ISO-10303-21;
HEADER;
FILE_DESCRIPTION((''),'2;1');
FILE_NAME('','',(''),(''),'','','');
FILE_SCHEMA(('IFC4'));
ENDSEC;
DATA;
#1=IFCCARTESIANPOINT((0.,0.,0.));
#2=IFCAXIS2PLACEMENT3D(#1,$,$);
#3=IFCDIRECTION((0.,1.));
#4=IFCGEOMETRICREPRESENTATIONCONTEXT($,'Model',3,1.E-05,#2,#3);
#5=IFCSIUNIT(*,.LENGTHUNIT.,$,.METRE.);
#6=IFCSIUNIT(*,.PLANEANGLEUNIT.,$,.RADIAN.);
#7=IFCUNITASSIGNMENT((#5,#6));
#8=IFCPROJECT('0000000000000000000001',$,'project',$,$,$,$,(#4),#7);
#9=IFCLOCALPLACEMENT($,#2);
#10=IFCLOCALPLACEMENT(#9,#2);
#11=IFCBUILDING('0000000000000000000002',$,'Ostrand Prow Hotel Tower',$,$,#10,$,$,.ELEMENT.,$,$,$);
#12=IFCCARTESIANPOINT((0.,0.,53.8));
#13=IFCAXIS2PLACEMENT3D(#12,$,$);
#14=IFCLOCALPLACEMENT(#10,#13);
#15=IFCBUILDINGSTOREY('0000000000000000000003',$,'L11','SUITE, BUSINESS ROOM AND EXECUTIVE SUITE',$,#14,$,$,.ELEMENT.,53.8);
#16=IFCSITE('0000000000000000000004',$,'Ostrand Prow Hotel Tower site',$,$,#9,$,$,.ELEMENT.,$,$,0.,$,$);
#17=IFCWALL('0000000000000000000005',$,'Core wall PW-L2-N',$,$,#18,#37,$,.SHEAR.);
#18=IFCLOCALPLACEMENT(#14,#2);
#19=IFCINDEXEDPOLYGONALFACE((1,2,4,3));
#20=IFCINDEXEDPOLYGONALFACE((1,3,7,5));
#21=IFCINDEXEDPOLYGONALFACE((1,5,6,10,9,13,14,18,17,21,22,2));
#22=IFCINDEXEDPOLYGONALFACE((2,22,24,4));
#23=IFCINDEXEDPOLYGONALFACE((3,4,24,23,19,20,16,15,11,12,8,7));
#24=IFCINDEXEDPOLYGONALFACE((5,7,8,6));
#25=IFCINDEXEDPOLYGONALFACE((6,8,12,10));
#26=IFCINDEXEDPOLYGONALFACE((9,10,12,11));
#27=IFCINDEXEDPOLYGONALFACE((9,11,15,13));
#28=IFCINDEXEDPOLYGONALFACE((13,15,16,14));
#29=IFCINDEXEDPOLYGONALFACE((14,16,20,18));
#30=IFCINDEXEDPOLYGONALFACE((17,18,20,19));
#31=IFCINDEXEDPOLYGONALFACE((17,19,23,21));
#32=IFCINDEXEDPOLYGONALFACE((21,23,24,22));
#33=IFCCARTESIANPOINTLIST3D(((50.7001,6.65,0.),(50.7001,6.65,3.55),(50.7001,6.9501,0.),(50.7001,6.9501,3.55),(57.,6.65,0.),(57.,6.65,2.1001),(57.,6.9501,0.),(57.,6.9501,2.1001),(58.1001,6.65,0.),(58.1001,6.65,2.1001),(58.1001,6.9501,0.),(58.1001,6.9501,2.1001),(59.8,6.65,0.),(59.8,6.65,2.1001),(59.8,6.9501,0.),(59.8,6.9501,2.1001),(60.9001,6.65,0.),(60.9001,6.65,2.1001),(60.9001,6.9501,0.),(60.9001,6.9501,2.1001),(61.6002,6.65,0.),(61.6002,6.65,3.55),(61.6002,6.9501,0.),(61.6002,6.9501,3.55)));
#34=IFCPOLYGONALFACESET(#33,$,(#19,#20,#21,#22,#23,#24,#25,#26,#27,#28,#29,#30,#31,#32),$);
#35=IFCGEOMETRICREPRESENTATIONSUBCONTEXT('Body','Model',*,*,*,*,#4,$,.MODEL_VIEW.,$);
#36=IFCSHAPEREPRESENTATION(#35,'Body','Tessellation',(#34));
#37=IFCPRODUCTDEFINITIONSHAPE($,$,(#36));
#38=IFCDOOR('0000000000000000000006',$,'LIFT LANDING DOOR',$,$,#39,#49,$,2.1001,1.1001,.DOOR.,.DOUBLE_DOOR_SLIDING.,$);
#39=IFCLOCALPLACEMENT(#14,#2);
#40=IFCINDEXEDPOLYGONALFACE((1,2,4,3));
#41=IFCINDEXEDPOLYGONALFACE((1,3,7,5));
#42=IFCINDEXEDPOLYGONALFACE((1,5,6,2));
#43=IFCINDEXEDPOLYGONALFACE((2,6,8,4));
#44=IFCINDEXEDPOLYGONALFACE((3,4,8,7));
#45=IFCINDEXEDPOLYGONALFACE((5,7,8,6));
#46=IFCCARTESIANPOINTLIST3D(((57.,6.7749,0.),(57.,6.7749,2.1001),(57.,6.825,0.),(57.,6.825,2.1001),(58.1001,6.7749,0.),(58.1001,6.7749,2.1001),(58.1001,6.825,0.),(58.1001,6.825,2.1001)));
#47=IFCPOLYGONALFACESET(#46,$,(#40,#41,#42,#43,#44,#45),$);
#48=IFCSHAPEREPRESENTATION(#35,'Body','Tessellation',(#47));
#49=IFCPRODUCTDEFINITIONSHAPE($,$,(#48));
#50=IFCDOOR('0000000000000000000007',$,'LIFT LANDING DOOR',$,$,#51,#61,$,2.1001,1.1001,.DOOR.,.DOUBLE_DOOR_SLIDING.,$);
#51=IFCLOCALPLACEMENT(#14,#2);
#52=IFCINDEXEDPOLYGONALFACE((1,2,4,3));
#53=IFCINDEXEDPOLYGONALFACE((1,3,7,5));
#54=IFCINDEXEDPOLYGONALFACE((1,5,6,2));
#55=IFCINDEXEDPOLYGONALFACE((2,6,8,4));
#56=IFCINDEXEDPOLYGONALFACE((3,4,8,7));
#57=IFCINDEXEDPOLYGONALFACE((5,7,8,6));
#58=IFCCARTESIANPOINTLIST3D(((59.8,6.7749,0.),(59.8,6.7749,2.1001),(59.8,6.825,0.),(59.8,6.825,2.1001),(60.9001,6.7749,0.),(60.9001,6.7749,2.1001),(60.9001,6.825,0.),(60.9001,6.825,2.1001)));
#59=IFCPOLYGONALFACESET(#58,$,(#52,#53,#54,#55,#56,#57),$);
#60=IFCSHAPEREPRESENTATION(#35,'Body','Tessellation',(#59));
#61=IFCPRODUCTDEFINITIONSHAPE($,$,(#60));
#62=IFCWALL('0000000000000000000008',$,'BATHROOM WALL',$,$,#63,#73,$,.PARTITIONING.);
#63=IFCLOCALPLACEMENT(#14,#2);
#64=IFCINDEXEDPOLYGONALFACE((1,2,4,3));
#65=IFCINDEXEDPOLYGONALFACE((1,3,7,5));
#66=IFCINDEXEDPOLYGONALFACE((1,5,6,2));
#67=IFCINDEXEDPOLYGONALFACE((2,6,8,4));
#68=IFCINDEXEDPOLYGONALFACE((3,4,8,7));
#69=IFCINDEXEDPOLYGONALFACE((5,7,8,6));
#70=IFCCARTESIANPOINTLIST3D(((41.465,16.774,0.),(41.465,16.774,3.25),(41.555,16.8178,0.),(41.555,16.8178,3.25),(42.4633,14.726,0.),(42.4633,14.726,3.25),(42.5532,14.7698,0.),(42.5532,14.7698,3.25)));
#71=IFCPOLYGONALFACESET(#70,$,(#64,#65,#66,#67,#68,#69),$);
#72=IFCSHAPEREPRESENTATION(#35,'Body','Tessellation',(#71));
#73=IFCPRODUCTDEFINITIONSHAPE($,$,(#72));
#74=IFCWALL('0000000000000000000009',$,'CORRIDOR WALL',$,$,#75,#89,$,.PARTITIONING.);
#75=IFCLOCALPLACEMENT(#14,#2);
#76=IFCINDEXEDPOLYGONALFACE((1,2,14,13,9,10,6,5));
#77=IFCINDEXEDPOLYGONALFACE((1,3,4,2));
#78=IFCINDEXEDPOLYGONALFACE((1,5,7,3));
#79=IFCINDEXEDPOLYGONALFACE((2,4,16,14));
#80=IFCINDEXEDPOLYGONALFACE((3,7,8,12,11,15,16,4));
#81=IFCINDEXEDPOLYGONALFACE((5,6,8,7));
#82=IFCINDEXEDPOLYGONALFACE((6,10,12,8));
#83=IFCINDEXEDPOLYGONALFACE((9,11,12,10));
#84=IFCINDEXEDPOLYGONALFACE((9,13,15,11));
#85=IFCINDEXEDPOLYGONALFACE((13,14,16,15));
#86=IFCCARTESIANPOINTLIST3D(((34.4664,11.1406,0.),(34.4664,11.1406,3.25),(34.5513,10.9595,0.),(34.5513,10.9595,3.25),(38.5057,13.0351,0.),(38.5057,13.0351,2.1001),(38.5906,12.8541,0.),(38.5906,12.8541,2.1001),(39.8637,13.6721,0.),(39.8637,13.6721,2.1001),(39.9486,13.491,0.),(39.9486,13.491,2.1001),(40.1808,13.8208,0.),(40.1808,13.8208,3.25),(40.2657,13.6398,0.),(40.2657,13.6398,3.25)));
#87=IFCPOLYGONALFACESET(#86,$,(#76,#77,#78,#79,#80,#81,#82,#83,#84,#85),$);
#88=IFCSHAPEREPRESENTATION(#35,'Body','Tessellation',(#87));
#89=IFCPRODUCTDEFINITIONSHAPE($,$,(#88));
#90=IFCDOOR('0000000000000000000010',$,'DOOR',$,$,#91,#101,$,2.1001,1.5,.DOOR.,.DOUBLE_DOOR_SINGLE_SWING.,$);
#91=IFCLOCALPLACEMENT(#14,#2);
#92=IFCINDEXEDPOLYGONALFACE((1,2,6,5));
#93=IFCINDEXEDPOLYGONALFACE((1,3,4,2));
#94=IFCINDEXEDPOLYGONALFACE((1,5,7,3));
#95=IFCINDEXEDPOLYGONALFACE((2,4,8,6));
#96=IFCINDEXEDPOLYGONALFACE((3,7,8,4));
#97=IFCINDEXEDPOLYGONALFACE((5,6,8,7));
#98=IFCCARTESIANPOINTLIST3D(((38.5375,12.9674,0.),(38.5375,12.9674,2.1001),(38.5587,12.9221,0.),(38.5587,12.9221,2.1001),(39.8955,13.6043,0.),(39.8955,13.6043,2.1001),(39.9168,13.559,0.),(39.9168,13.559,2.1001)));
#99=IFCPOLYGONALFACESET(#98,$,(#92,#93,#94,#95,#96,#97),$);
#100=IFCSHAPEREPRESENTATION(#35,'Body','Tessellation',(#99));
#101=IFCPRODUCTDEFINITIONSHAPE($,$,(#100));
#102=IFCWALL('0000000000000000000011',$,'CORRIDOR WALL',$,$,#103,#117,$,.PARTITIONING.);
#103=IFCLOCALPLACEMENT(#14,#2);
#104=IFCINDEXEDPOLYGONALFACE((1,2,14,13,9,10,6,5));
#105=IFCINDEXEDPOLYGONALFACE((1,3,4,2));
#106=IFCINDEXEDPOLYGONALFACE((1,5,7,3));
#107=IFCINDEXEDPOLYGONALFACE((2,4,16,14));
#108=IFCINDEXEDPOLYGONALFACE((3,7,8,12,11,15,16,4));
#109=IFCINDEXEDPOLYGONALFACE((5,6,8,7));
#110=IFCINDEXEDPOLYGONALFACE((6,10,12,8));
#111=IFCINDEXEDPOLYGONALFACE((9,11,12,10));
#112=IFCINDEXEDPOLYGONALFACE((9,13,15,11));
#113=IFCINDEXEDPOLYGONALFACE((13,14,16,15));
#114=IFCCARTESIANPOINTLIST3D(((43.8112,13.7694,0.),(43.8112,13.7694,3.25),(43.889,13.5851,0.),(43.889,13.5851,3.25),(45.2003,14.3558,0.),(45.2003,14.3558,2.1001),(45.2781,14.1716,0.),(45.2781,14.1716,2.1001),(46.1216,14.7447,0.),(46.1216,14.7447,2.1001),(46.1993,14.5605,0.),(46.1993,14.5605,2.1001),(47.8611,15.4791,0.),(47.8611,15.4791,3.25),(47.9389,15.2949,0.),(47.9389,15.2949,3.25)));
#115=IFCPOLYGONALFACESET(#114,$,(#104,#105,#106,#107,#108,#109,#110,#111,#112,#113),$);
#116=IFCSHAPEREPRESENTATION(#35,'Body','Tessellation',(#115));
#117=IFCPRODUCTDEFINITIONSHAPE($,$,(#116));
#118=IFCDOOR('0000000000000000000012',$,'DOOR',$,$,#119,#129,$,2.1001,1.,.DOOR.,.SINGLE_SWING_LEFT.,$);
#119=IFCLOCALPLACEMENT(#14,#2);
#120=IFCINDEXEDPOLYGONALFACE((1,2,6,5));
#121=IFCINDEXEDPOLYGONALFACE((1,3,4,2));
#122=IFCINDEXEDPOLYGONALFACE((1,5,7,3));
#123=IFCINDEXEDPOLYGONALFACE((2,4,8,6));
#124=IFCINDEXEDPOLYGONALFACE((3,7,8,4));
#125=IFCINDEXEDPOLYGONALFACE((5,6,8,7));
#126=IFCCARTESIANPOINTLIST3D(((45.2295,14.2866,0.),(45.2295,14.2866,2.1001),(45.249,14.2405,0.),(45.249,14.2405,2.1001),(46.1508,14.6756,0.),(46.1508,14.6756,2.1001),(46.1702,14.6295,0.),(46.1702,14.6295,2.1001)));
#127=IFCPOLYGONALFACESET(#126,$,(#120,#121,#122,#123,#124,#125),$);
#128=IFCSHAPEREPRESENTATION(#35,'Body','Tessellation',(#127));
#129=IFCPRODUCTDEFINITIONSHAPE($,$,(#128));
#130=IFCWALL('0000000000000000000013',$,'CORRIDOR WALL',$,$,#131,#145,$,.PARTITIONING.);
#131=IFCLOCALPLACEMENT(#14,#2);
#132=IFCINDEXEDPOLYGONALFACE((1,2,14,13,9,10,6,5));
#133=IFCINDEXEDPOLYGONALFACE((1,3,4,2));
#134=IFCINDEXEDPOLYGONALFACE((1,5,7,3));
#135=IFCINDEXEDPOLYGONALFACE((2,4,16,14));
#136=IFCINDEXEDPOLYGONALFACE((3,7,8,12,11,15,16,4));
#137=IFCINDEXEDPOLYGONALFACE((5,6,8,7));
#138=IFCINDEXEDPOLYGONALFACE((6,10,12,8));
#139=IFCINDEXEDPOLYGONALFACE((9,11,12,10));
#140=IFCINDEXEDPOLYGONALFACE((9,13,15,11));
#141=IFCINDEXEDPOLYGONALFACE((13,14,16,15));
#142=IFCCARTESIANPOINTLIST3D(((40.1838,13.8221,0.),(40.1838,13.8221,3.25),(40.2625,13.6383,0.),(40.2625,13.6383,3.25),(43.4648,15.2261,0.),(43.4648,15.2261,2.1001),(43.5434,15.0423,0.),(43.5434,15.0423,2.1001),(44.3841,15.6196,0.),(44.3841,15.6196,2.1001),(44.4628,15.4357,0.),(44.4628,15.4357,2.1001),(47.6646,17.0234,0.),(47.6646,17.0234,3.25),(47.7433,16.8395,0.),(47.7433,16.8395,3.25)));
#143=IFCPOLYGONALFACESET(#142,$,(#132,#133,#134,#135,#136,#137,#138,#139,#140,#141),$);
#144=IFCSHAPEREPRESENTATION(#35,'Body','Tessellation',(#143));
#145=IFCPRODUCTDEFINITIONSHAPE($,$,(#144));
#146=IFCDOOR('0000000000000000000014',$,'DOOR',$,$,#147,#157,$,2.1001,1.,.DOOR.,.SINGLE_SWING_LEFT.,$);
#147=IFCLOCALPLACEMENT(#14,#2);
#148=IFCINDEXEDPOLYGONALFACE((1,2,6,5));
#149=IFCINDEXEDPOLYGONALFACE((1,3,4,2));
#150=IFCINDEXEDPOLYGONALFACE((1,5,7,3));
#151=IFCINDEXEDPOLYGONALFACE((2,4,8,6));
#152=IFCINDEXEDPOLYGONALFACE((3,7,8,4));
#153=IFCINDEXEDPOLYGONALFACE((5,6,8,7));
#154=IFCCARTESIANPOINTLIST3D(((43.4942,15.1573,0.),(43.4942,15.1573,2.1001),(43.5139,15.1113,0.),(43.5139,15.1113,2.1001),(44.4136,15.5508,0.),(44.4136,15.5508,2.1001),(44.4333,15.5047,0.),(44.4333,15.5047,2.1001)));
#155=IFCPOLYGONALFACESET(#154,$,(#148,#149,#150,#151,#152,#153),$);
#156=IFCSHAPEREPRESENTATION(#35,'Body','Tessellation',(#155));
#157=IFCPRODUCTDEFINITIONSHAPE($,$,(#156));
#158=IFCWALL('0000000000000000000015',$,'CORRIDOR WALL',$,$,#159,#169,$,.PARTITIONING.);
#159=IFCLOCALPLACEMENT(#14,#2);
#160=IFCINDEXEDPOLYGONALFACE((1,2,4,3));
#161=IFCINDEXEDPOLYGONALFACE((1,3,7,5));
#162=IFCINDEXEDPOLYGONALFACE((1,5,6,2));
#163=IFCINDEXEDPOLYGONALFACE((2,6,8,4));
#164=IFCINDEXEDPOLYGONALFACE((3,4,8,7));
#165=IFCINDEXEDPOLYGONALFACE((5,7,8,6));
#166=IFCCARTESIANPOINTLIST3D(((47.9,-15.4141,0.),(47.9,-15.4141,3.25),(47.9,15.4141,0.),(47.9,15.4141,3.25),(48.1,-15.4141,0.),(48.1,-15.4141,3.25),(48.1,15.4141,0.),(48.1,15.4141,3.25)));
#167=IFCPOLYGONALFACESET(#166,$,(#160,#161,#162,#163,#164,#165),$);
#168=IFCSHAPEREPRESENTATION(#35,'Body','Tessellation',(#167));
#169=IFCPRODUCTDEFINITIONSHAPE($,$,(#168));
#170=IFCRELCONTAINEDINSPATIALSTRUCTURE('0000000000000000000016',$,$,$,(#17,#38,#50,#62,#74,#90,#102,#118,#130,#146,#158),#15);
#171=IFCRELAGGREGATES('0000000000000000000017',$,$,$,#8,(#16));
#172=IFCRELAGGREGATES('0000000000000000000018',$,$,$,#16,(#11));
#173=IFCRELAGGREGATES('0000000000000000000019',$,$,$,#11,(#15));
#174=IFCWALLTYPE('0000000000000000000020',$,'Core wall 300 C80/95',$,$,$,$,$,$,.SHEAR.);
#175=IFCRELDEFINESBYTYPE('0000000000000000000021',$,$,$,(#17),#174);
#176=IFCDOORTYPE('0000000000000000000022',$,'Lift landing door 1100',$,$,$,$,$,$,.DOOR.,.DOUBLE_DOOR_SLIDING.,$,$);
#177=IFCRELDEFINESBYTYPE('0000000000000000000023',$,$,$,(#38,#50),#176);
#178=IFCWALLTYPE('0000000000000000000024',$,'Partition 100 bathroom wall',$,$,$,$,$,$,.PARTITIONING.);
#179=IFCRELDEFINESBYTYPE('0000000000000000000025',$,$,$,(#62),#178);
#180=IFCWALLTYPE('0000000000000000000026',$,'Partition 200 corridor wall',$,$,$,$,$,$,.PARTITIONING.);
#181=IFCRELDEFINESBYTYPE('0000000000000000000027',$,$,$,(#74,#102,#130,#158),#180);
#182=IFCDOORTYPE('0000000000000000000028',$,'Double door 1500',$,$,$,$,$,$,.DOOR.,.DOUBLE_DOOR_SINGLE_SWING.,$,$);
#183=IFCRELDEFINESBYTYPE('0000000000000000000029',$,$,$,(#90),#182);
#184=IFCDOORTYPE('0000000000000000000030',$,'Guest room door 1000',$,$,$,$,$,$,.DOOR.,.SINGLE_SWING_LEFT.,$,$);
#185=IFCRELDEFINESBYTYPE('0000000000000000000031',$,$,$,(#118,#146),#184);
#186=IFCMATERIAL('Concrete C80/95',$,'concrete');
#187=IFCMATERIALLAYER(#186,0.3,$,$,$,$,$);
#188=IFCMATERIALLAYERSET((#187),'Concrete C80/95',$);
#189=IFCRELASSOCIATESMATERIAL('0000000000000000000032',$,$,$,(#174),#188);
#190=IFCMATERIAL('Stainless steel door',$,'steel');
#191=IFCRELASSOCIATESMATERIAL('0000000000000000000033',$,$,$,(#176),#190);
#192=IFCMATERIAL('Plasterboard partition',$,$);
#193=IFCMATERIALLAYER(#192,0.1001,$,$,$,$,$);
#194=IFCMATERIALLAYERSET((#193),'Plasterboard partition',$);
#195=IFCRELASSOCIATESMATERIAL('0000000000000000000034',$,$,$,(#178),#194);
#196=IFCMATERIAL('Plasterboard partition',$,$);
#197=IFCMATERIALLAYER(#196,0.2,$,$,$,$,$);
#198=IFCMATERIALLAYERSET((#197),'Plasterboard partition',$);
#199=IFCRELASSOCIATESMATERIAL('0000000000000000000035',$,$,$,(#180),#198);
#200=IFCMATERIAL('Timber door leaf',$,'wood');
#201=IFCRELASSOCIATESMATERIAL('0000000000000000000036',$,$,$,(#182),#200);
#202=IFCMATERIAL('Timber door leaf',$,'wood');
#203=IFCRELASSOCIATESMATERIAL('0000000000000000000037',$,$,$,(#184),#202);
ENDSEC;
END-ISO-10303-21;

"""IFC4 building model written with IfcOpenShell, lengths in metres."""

from ifc_helpers import new_model, si_unit, direction, frame, frame_2d, origin, place, context, subcontext, project, spatial, rectangle, extrude, material, layer, layer_set, type_object, element, fill, save


model = new_model("IFC4")

# Units and contexts
model_context = context("Model", 3, precision=1e-05, world=origin(), true_north=direction((0.0, 1.0)))
body_context = subcontext(model_context, "Body", "Model", "MODEL_VIEW")
ifc_project = project(units=[si_unit("LENGTHUNIT", "METRE"), si_unit("PLANEANGLEUNIT", "RADIAN")], contexts=[model_context])

# Site, building, storey
site_placement = place(None, origin())
site = spatial("IfcSite", under=ifc_project, at=site_placement, Name="Ostrand Prow Hotel Tower site", CompositionType="ELEMENT", RefElevation=0.0)
building_placement = place(site_placement, origin())
building = spatial("IfcBuilding", under=site, at=building_placement, Name="Ostrand Prow Hotel Tower", CompositionType="ELEMENT")
storey_placement = place(building_placement, frame((0.0, 0.0, 53.8)))
storey = spatial("IfcBuildingStorey", under=building, at=storey_placement, Name="L11", Description="SUITE, BUSINESS ROOM AND EXECUTIVE SUITE", CompositionType="ELEMENT", Elevation=53.8)

# Wall, openings, doors
ifc_material_1 = material(Name="Concrete C80/95", Category="concrete")
ifc_layer_1 = layer(ifc_material_1, 0.3)
ifc_layer_set_1 = layer_set([ifc_layer_1], Name="Concrete C80/95")
wall_type_1 = type_object("IfcWallType", Name="Core wall 300 C80/95", PredefinedType="SHEAR", material=ifc_layer_set_1)
wall_1_placement = place(storey_placement, frame((50.7, 6.8, 0.0), z_axis=(0.0, 0.0, 1.0), x_axis=(1.0, 0.0, 0.0)))
wall_1 = element("IfcWall", 1, at=wall_1_placement, inside=storey, type_object=wall_type_1, Name="Core wall PW-L2-N", PredefinedType="SHEAR", context=body_context, shape_type="SweptSolid", body=[
    extrude(rectangle(XDim=10.9001, YDim=0.3, at=frame_2d((5.4502, 0.0))), origin(), (0.0, 0.0, 1.0), 3.55),
])
opening_1_placement = place(wall_1_placement, frame((6.3, 0.0, 0.0)))
opening_1 = element("IfcOpeningElement", 2, at=opening_1_placement, cuts=wall_1, PredefinedType="OPENING", context=body_context, shape_type="SweptSolid", body=[
    extrude(rectangle(XDim=1.1001, YDim=2.1001, at=frame_2d((0.55, 1.05))), frame((0.0, 0.1599, 0.0), z_axis=(0.0, -1.0, 0.0), x_axis=(1.0, 0.0, 0.0)), (0.0, 0.0, 1.0), 0.3201),
])
opening_2_placement = place(wall_1_placement, frame((9.1001, 0.0, 0.0)))
opening_2 = element("IfcOpeningElement", 3, at=opening_2_placement, cuts=wall_1, PredefinedType="OPENING", context=body_context, shape_type="SweptSolid", body=[
    extrude(rectangle(XDim=1.1001, YDim=2.1001, at=frame_2d((0.55, 1.05))), frame((0.0, 0.1599, 0.0), z_axis=(0.0, -1.0, 0.0), x_axis=(1.0, 0.0, 0.0)), (0.0, 0.0, 1.0), 0.3201),
])
ifc_material_2 = material(Name="Stainless steel door", Category="steel")
door_type_1 = type_object("IfcDoorType", Name="Lift landing door 1100", OperationType="DOUBLE_DOOR_SLIDING", PredefinedType="DOOR", material=ifc_material_2)
door_1_placement = place(opening_1_placement, origin())
door_1 = element("IfcDoor", 4, at=door_1_placement, inside=storey, type_object=door_type_1, Name="LIFT LANDING DOOR", OperationType="DOUBLE_DOOR_SLIDING", OverallHeight=2.1001, OverallWidth=1.1001, PredefinedType="DOOR", context=body_context, shape_type="SweptSolid", body=[
    extrude(rectangle(XDim=1.1001, YDim=2.1001, at=frame_2d((0.55, 1.05))), frame((0.0, 0.0249, 0.0), z_axis=(0.0, -1.0, 0.0), x_axis=(1.0, 0.0, 0.0)), (0.0, 0.0, 1.0), 0.05),
])
fill(opening_1, door_1)
door_2_placement = place(opening_2_placement, origin())
door_2 = element("IfcDoor", 5, at=door_2_placement, inside=storey, type_object=door_type_1, Name="LIFT LANDING DOOR", OperationType="DOUBLE_DOOR_SLIDING", OverallHeight=2.1001, OverallWidth=1.1001, PredefinedType="DOOR", context=body_context, shape_type="SweptSolid", body=[
    extrude(rectangle(XDim=1.1001, YDim=2.1001, at=frame_2d((0.55, 1.05))), frame((0.0, 0.0249, 0.0), z_axis=(0.0, -1.0, 0.0), x_axis=(1.0, 0.0, 0.0)), (0.0, 0.0, 1.0), 0.05),
])
fill(opening_2, door_2)

# Wall
ifc_material_3 = material(Name="Plasterboard partition")
ifc_layer_2 = layer(ifc_material_3, 0.1001)
ifc_layer_set_2 = layer_set([ifc_layer_2], Name="Plasterboard partition")
wall_type_2 = type_object("IfcWallType", Name="Partition 100 bathroom wall", PredefinedType="PARTITIONING", material=ifc_layer_set_2)
wall_2_placement = place(storey_placement, frame((41.51, 16.7959, 0.0), z_axis=(0.0, 0.0, 1.0), x_axis=(0.438147, -0.898903, 0.0)))
element("IfcWall", 6, at=wall_2_placement, inside=storey, type_object=wall_type_2, Name="BATHROOM WALL", PredefinedType="PARTITIONING", context=body_context, shape_type="SweptSolid", body=[
    extrude(rectangle(XDim=2.2783, YDim=0.1001, at=frame_2d((1.1392, 0.0))), origin(), (0.0, 0.0, 1.0), 3.25),
])

# Walls, openings, doors
ifc_material_4 = material(Name="Plasterboard partition")
ifc_layer_3 = layer(ifc_material_4, 0.2)
ifc_layer_set_3 = layer_set([ifc_layer_3], Name="Plasterboard partition")
wall_type_3 = type_object("IfcWallType", Name="Partition 200 corridor wall", PredefinedType="PARTITIONING", material=ifc_layer_set_3)
wall_3_placement = place(storey_placement, frame((40.2231, 13.7302, 0.0), z_axis=(0.0, 0.0, 1.0), x_axis=(-0.905363, -0.424638, 0.0)))
wall_3 = element("IfcWall", 7, at=wall_3_placement, inside=storey, type_object=wall_type_3, Name="CORRIDOR WALL", PredefinedType="PARTITIONING", context=body_context, shape_type="SweptSolid", body=[
    extrude(rectangle(XDim=6.3118, YDim=0.2, at=frame_2d((3.1558, 0.0))), origin(), (0.0, 0.0, 1.0), 3.25),
])
opening_3_placement = place(wall_3_placement, frame((0.3501, 0.0, 0.0)))
opening_3 = element("IfcOpeningElement", 8, at=opening_3_placement, cuts=wall_3, PredefinedType="OPENING", context=body_context, shape_type="SweptSolid", body=[
    extrude(rectangle(XDim=1.5, YDim=2.1001, at=frame_2d((0.75, 1.05))), frame((0.0, 0.1099, 0.0), z_axis=(0.0, -1.0, 0.0), x_axis=(1.0, 0.0, 0.0)), (0.0, 0.0, 1.0), 0.22),
])
ifc_material_5 = material(Name="Timber door leaf", Category="wood")
door_type_2 = type_object("IfcDoorType", Name="Double door 1500", OperationType="DOUBLE_DOOR_SINGLE_SWING", PredefinedType="DOOR", material=ifc_material_5)
door_3_placement = place(opening_3_placement, origin())
door_3 = element("IfcDoor", 9, at=door_3_placement, inside=storey, type_object=door_type_2, Name="DOOR", OperationType="DOUBLE_DOOR_SINGLE_SWING", OverallHeight=2.1001, OverallWidth=1.5, PredefinedType="DOOR", context=body_context, shape_type="SweptSolid", body=[
    extrude(rectangle(XDim=1.5, YDim=2.1001, at=frame_2d((0.75, 1.05))), frame((0.0, 0.0249, 0.0), z_axis=(0.0, -1.0, 0.0), x_axis=(1.0, 0.0, 0.0)), (0.0, 0.0, 1.0), 0.05),
])
fill(opening_3, door_3)
wall_4_placement = place(storey_placement, frame((43.8501, 13.6772, 0.0), z_axis=(0.0, 0.0, 1.0), x_axis=(0.921266, 0.388933, 0.0)))
wall_4 = element("IfcWall", 10, at=wall_4_placement, inside=storey, type_object=wall_type_3, Name="CORRIDOR WALL", PredefinedType="PARTITIONING", context=body_context, shape_type="SweptSolid", body=[
    extrude(rectangle(XDim=4.396, YDim=0.2, at=frame_2d((2.198, 0.0))), origin(), (0.0, 0.0, 1.0), 3.25),
])
opening_4_placement = place(wall_4_placement, frame((1.5078, 0.0, 0.0)))
opening_4 = element("IfcOpeningElement", 11, at=opening_4_placement, cuts=wall_4, PredefinedType="OPENING", context=body_context, shape_type="SweptSolid", body=[
    extrude(rectangle(XDim=1.0, YDim=2.1001, at=frame_2d((0.5, 1.05))), frame((0.0, 0.1099, 0.0), z_axis=(0.0, -1.0, 0.0), x_axis=(1.0, 0.0, 0.0)), (0.0, 0.0, 1.0), 0.22),
])
ifc_material_6 = material(Name="Timber door leaf", Category="wood")
door_type_3 = type_object("IfcDoorType", Name="Guest room door 1000", OperationType="SINGLE_SWING_LEFT", PredefinedType="DOOR", material=ifc_material_6)
door_4_placement = place(opening_4_placement, origin())
door_4 = element("IfcDoor", 12, at=door_4_placement, inside=storey, type_object=door_type_3, Name="DOOR", OperationType="SINGLE_SWING_LEFT", OverallHeight=2.1001, OverallWidth=1.0, PredefinedType="DOOR", context=body_context, shape_type="SweptSolid", body=[
    extrude(rectangle(XDim=1.0, YDim=2.1001, at=frame_2d((0.5, 1.05))), frame((0.0, 0.0249, 0.0), z_axis=(0.0, -1.0, 0.0), x_axis=(1.0, 0.0, 0.0)), (0.0, 0.0, 1.0), 0.05),
])
fill(opening_4, door_4)
wall_5_placement = place(storey_placement, frame((47.7039, 16.9314, 0.0), z_axis=(0.0, 0.0, 1.0), x_axis=(-0.919361, -0.393416, 0.0)))
wall_5 = element("IfcWall", 13, at=wall_5_placement, inside=storey, type_object=wall_type_3, Name="CORRIDOR WALL", PredefinedType="PARTITIONING", context=body_context, shape_type="SweptSolid", body=[
    extrude(rectangle(XDim=8.137, YDim=0.2, at=frame_2d((4.0684, 0.0))), origin(), (0.0, 0.0, 1.0), 3.25),
])
opening_5_placement = place(wall_5_placement, frame((3.5681, 0.0, 0.0)))
opening_5 = element("IfcOpeningElement", 14, at=opening_5_placement, cuts=wall_5, PredefinedType="OPENING", context=body_context, shape_type="SweptSolid", body=[
    extrude(rectangle(XDim=1.0, YDim=2.1001, at=frame_2d((0.5, 1.05))), frame((0.0, 0.1099, 0.0), z_axis=(0.0, -1.0, 0.0), x_axis=(1.0, 0.0, 0.0)), (0.0, 0.0, 1.0), 0.22),
])
door_5_placement = place(opening_5_placement, origin())
door_5 = element("IfcDoor", 15, at=door_5_placement, inside=storey, type_object=door_type_3, Name="DOOR", OperationType="SINGLE_SWING_LEFT", OverallHeight=2.1001, OverallWidth=1.0, PredefinedType="DOOR", context=body_context, shape_type="SweptSolid", body=[
    extrude(rectangle(XDim=1.0, YDim=2.1001, at=frame_2d((0.5, 1.05))), frame((0.0, 0.0249, 0.0), z_axis=(0.0, -1.0, 0.0), x_axis=(1.0, 0.0, 0.0)), (0.0, 0.0, 1.0), 0.05),
])
fill(opening_5, door_5)

# Wall
wall_6_placement = place(storey_placement, frame((48.0, 15.4141, 0.0), z_axis=(0.0, 0.0, 1.0), x_axis=(0.0, -1.0, 0.0)))
element("IfcWall", 16, at=wall_6_placement, inside=storey, type_object=wall_type_3, Name="CORRIDOR WALL", PredefinedType="PARTITIONING", context=body_context, shape_type="SweptSolid", body=[
    extrude(rectangle(XDim=30.8281, YDim=0.2, at=frame_2d((15.4141, 0.0))), origin(), (0.0, 0.0, 1.0), 3.25),
])

save(model, "model.ifc")
